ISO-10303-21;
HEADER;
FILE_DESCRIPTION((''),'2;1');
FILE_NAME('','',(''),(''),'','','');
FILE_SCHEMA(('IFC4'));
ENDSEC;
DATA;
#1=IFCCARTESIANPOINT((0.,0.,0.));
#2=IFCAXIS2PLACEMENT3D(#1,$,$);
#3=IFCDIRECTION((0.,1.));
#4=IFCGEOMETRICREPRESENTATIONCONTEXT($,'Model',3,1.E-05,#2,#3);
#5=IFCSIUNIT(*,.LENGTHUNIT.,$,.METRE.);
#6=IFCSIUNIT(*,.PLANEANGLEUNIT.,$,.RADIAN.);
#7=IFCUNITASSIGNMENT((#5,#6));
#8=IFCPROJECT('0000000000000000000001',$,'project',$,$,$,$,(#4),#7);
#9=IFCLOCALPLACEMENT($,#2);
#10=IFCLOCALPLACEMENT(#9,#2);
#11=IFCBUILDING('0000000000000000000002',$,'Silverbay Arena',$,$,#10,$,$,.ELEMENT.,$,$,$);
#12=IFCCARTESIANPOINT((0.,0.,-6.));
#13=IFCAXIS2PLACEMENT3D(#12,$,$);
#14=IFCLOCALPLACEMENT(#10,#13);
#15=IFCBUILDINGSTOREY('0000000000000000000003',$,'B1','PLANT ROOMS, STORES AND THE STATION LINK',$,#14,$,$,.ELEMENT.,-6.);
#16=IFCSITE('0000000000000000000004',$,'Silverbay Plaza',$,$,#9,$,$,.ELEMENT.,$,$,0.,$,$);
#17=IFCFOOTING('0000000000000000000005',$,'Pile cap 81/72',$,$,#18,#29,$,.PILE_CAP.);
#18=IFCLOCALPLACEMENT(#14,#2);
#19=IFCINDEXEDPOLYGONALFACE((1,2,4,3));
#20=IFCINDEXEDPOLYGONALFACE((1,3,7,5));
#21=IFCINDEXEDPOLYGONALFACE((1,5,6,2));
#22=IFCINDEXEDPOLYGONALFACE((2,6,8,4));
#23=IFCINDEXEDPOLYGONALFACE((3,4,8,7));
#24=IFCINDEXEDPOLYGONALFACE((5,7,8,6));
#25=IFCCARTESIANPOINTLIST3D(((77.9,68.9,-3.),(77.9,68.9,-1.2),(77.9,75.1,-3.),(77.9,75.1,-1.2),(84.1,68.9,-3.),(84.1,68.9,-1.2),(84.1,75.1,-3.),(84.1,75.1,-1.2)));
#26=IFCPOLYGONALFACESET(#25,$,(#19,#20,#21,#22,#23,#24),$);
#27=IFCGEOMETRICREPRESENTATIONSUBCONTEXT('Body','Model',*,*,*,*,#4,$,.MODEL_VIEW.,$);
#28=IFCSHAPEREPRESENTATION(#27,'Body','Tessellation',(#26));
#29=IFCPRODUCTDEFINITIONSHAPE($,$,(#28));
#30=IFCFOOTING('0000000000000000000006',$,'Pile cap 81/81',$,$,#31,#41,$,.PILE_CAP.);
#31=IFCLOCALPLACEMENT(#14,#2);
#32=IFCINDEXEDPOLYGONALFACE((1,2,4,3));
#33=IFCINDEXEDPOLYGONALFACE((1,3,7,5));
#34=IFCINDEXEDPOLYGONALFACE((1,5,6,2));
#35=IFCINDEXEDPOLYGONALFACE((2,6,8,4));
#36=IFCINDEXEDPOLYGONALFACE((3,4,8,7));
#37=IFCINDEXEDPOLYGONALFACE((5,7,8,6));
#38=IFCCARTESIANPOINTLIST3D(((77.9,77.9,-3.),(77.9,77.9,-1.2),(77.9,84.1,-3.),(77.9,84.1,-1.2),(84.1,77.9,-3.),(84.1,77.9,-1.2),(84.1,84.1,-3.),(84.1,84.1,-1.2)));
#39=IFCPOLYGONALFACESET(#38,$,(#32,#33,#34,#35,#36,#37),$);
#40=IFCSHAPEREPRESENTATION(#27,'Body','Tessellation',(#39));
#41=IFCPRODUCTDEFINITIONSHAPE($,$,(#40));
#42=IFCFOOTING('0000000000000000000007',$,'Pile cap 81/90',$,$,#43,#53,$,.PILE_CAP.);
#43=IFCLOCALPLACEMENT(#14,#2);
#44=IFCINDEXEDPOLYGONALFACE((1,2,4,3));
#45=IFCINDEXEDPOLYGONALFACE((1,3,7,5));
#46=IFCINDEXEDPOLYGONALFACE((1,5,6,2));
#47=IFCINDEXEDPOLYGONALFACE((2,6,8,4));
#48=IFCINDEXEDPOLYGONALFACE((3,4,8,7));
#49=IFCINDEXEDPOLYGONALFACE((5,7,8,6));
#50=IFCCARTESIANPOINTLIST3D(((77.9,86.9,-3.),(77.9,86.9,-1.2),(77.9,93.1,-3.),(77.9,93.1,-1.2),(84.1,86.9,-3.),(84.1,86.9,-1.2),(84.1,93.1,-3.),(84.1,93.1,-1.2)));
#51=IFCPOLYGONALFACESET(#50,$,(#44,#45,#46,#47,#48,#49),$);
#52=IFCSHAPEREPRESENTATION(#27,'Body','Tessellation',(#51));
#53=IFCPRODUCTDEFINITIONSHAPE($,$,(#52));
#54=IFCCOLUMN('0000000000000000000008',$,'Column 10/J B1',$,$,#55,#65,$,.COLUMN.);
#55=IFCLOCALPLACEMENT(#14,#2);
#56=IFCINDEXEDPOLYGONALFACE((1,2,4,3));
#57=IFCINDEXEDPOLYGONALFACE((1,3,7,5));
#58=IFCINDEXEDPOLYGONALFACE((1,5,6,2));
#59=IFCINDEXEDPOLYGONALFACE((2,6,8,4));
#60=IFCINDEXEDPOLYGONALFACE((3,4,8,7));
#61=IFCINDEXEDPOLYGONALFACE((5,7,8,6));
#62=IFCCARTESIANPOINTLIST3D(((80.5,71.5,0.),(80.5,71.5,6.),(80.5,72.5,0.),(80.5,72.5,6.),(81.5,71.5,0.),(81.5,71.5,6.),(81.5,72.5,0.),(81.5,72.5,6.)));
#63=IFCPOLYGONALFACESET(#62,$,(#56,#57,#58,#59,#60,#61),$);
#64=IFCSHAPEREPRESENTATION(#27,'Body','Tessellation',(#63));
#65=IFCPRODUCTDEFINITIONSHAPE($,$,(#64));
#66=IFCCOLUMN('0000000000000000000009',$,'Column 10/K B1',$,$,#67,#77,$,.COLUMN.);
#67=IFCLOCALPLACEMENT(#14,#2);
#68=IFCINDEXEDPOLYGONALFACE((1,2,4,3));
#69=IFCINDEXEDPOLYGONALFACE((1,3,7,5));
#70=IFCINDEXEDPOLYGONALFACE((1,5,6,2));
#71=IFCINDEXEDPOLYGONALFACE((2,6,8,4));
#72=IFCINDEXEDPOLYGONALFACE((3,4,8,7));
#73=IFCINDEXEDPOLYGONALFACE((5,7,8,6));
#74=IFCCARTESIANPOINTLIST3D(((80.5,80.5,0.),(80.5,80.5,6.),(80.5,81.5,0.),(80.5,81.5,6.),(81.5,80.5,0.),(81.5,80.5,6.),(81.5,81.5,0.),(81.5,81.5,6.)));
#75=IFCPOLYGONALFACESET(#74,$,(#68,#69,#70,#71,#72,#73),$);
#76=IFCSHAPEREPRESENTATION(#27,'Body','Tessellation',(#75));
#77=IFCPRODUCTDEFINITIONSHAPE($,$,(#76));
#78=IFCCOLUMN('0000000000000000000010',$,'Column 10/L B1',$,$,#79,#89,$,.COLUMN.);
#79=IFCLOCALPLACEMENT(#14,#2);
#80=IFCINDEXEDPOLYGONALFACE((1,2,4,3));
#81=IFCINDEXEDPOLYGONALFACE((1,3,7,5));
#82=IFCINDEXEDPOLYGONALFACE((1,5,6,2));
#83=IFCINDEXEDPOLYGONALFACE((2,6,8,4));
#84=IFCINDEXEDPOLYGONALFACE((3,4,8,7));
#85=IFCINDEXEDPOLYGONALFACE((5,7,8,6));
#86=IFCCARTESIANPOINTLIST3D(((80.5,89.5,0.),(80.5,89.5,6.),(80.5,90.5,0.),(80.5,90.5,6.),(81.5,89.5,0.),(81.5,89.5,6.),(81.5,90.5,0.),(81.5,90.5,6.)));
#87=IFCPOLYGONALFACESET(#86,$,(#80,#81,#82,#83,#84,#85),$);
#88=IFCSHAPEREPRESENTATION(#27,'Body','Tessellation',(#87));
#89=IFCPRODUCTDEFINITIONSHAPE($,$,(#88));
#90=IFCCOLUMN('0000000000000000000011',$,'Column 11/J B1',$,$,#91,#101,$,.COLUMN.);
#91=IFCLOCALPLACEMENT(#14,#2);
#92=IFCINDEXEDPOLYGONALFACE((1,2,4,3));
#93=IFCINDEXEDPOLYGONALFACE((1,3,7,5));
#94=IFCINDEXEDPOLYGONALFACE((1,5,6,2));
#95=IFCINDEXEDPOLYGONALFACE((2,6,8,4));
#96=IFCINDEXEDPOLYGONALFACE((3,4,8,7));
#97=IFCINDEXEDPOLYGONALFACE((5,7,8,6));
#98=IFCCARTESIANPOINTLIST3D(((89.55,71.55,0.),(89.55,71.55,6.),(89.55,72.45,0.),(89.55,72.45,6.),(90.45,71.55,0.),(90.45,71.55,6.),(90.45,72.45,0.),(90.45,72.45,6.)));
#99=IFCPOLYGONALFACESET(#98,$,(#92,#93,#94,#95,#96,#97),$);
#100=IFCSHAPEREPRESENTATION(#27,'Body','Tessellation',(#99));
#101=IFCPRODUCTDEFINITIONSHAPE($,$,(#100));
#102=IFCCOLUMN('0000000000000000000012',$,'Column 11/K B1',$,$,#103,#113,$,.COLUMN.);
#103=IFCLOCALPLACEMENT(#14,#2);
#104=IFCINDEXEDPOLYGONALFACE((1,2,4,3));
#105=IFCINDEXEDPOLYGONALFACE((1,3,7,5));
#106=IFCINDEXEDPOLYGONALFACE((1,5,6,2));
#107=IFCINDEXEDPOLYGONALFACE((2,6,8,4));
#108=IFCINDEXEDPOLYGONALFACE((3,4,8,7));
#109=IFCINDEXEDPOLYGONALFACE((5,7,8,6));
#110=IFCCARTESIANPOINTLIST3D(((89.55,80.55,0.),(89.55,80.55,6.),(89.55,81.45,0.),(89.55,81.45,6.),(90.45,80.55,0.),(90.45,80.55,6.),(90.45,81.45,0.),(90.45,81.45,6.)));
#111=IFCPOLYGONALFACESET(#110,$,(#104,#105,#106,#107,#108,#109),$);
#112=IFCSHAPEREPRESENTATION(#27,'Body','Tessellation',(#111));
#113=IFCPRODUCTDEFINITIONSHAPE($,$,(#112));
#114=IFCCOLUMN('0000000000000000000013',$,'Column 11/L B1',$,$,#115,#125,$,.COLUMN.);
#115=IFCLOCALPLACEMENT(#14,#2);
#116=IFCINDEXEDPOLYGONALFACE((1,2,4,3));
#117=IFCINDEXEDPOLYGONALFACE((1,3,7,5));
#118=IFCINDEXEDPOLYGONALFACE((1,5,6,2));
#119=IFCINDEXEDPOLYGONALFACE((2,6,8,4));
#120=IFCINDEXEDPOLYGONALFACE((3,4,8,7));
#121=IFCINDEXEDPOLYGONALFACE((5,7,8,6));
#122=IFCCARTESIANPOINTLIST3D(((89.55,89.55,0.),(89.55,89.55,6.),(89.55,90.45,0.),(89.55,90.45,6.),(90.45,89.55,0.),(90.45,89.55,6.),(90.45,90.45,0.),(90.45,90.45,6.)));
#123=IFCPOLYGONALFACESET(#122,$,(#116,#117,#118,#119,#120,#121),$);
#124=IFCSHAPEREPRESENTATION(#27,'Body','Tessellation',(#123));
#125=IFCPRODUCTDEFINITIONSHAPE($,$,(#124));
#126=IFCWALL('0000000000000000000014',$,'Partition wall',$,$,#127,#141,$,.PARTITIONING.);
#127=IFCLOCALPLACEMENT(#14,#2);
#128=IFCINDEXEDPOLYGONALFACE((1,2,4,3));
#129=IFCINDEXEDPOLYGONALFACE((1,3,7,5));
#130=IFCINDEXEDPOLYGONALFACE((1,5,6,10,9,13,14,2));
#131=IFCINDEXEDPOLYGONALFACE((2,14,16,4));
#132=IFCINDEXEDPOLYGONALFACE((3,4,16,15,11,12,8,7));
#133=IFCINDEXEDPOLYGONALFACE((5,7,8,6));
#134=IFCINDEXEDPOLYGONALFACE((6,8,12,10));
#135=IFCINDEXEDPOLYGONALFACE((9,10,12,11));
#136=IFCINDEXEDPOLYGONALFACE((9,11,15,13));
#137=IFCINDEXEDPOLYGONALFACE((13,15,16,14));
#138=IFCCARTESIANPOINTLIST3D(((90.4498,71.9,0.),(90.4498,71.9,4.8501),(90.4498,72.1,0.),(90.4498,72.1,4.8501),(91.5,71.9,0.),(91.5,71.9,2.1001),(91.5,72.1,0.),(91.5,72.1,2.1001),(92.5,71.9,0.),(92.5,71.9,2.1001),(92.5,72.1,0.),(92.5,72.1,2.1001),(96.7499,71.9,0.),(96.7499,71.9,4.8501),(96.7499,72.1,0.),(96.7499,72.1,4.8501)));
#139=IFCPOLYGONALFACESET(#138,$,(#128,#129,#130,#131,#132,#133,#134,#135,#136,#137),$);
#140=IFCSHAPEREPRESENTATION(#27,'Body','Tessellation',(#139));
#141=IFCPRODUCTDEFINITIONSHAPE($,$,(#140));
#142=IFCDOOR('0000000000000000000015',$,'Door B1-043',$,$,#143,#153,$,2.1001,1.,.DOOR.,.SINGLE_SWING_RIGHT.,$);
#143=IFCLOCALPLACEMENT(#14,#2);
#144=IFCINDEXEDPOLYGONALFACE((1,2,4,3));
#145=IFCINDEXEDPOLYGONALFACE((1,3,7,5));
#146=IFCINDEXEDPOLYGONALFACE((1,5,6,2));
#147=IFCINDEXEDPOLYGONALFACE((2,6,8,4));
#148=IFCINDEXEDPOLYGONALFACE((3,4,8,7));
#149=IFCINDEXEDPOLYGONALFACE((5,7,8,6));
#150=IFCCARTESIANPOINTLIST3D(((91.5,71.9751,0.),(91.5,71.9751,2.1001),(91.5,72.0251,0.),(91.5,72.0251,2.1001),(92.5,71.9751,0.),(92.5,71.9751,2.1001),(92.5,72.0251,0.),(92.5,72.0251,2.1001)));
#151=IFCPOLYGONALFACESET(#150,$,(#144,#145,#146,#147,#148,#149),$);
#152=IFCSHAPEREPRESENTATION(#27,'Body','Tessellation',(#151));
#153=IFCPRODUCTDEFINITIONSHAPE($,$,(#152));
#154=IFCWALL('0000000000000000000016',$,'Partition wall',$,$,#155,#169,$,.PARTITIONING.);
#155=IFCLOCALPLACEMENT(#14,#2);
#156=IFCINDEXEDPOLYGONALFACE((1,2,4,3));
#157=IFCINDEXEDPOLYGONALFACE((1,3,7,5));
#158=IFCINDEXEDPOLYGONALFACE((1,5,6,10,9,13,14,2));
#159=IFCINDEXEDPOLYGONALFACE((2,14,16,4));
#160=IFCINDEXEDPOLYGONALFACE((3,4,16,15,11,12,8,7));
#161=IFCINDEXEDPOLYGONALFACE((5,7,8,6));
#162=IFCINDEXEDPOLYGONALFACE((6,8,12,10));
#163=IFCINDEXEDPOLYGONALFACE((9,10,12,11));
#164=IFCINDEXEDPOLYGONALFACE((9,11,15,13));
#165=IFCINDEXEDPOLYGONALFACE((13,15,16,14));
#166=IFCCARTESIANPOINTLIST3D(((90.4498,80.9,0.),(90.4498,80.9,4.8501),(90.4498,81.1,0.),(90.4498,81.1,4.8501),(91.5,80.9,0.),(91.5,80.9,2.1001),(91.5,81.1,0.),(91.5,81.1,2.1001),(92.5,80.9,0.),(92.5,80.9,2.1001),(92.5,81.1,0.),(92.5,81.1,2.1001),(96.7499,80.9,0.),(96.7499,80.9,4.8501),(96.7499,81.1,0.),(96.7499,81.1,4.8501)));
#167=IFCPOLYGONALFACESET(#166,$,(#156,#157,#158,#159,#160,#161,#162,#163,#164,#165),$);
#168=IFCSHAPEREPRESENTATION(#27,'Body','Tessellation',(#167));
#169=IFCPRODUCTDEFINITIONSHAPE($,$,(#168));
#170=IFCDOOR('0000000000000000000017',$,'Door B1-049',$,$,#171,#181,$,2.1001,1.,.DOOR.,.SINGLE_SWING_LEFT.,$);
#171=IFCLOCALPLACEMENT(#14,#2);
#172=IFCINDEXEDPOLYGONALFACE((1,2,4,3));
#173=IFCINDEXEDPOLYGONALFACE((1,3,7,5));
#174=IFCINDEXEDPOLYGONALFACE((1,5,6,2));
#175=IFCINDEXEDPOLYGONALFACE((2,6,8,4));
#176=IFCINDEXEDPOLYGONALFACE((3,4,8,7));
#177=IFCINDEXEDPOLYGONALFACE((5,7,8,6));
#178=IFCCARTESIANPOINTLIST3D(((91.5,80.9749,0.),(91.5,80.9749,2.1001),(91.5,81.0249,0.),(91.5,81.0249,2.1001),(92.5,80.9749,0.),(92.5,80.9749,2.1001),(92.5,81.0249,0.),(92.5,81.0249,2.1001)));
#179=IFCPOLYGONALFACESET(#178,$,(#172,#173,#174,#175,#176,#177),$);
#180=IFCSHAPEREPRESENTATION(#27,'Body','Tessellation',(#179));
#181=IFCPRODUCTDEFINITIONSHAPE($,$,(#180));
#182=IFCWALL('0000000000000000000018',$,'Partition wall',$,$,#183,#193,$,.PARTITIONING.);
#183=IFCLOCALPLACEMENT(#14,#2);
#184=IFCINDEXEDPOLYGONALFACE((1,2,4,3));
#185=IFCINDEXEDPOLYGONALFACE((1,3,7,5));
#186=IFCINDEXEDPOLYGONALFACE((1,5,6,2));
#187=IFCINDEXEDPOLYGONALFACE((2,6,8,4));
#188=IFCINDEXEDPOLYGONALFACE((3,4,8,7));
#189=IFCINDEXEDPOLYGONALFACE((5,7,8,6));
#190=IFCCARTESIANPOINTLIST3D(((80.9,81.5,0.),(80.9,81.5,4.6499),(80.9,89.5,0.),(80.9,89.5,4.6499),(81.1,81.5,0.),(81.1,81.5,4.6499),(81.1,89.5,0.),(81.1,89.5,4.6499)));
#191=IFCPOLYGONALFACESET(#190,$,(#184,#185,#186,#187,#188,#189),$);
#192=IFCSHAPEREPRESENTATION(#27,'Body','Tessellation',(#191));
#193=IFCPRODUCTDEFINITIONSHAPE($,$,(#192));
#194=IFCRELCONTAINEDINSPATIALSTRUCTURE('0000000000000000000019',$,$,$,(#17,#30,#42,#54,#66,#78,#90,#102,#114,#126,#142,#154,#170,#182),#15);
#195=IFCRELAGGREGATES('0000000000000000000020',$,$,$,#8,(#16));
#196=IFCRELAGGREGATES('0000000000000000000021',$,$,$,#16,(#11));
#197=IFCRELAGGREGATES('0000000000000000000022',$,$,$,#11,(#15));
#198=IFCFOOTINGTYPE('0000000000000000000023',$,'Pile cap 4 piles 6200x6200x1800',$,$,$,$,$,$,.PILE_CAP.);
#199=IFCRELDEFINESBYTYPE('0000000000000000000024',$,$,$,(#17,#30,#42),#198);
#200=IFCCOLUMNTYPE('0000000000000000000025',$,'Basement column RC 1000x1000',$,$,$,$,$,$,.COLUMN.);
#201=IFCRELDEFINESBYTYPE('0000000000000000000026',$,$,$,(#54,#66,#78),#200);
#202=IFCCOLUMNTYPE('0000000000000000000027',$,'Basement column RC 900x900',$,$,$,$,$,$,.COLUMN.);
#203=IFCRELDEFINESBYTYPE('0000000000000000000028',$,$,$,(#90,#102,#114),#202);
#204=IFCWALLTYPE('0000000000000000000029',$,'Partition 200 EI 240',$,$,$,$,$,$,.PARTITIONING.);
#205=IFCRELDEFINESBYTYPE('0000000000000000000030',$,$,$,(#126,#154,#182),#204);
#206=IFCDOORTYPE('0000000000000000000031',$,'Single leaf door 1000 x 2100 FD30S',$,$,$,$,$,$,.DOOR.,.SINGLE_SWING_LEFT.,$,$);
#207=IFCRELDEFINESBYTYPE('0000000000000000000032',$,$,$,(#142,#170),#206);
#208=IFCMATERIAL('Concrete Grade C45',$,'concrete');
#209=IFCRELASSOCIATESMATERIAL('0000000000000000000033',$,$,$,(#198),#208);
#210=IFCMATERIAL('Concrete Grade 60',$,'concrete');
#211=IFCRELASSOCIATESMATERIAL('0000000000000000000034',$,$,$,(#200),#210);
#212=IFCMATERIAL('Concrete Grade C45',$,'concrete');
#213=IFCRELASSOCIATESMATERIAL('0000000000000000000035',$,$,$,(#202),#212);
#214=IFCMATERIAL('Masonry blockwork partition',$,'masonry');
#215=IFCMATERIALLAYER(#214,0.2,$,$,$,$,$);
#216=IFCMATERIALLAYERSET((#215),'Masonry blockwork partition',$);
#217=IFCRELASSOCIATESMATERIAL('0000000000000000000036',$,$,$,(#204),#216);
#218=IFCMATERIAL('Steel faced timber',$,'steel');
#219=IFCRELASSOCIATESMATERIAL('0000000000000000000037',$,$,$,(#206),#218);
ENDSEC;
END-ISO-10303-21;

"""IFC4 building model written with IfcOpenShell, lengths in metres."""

from ifc_helpers import new_model, si_unit, direction, frame, frame_2d, origin, origin_2d, place, context, subcontext, project, spatial, rectangle, extrude, material, layer, layer_set, material_profile, profile_set, type_object, element, fill, save


model = new_model("IFC4")

# Units and contexts
model_context = context("Model", 3, precision=1e-05, world=origin(), true_north=direction((0.0, 1.0)))
body_context = subcontext(model_context, "Body", "Model", "MODEL_VIEW")
ifc_project = project(units=[si_unit("LENGTHUNIT", "METRE"), si_unit("PLANEANGLEUNIT", "RADIAN")], contexts=[model_context])

# Site, building, storey
site_placement = place(None, origin())
site = spatial("IfcSite", under=ifc_project, at=site_placement, Name="Silverbay Plaza", CompositionType="ELEMENT", RefElevation=0.0)
building_placement = place(site_placement, origin())
building = spatial("IfcBuilding", under=site, at=building_placement, Name="Silverbay Arena", CompositionType="ELEMENT")
storey_placement = place(building_placement, frame((0.0, 0.0, -6.0)))
storey = spatial("IfcBuildingStorey", under=building, at=storey_placement, Name="B1", Description="PLANT ROOMS, STORES AND THE STATION LINK", CompositionType="ELEMENT", Elevation=-6.0)

# Footings
ifc_material_1 = material(Name="Concrete Grade C45", Category="concrete")
footing_type_1 = type_object("IfcFootingType", Name="Pile cap 4 piles 6200x6200x1800", PredefinedType="PILE_CAP", material=ifc_material_1)
for number, where, z_axis, x_axis, name in (
    (1, (81.0, 72.0, -3.0), (0.0, 0.0, 1.0), (1.0, 0.0, 0.0), "Pile cap 81/72"),
    (2, (81.0, 81.0, -3.0), (0.0, 0.0, 1.0), (1.0, 0.0, 0.0), "Pile cap 81/81"),
    (3, (81.0, 90.0, -3.0), (0.0, 0.0, 1.0), (1.0, 0.0, 0.0), "Pile cap 81/90"),
):
    element("IfcFooting", number, at=place(storey_placement, frame(where, z_axis=z_axis, x_axis=x_axis)), inside=storey, type_object=footing_type_1, Name=name, PredefinedType="PILE_CAP", context=body_context, shape_type="SweptSolid", body=[
        extrude(rectangle(XDim=6.2, YDim=6.2, at=origin_2d()), origin(), (0.0, 0.0, 1.0), 1.8),
    ])

# Columns
ifc_material_2 = material(Name="Concrete Grade 60", Category="concrete")
ifc_material_profile_1 = material_profile(ifc_material_2, rectangle(XDim=1.0, YDim=1.0, at=origin_2d()), Name="RC 1000x1000")
ifc_profile_set_1 = profile_set([ifc_material_profile_1], Name="Concrete Grade 60")
column_type_1 = type_object("IfcColumnType", Name="Basement column RC 1000x1000", PredefinedType="COLUMN", material=ifc_profile_set_1)
for number, where, z_axis, x_axis, name in (
    (4, (81.0, 72.0, 0.0), (0.0, 0.0, 1.0), (1.0, 0.0, 0.0), "Column 10/J B1"),
    (5, (81.0, 81.0, 0.0), (0.0, 0.0, 1.0), (1.0, 0.0, 0.0), "Column 10/K B1"),
    (6, (81.0, 90.0, 0.0), (0.0, 0.0, 1.0), (1.0, 0.0, 0.0), "Column 10/L B1"),
):
    element("IfcColumn", number, at=place(storey_placement, frame(where, z_axis=z_axis, x_axis=x_axis)), inside=storey, type_object=column_type_1, Name=name, PredefinedType="COLUMN", context=body_context, shape_type="SweptSolid", body=[
        extrude(rectangle(XDim=1.0, YDim=1.0, at=origin_2d()), origin(), (0.0, 0.0, 1.0), 6.0),
    ])
ifc_material_3 = material(Name="Concrete Grade C45", Category="concrete")
ifc_material_profile_2 = material_profile(ifc_material_3, rectangle(XDim=0.8999, YDim=0.8999, at=origin_2d()), Name="RC 900x900")
ifc_profile_set_2 = profile_set([ifc_material_profile_2], Name="Concrete Grade C45")
column_type_2 = type_object("IfcColumnType", Name="Basement column RC 900x900", PredefinedType="COLUMN", material=ifc_profile_set_2)
for number, where, z_axis, x_axis, name in (
    (7, (90.0, 72.0, 0.0), (0.0, 0.0, 1.0), (1.0, 0.0, 0.0), "Column 11/J B1"),
    (8, (90.0, 81.0, 0.0), (0.0, 0.0, 1.0), (1.0, 0.0, 0.0), "Column 11/K B1"),
    (9, (90.0, 90.0, 0.0), (0.0, 0.0, 1.0), (1.0, 0.0, 0.0), "Column 11/L B1"),
):
    element("IfcColumn", number, at=place(storey_placement, frame(where, z_axis=z_axis, x_axis=x_axis)), inside=storey, type_object=column_type_2, Name=name, PredefinedType="COLUMN", context=body_context, shape_type="SweptSolid", body=[
        extrude(rectangle(XDim=0.8999, YDim=0.8999, at=origin_2d()), origin(), (0.0, 0.0, 1.0), 6.0),
    ])

# Walls, openings, doors
ifc_material_4 = material(Name="Masonry blockwork partition", Category="masonry")
ifc_layer = layer(ifc_material_4, 0.2)
ifc_layer_set = layer_set([ifc_layer], Name="Masonry blockwork partition")
wall_type = type_object("IfcWallType", Name="Partition 200 EI 240", PredefinedType="PARTITIONING", material=ifc_layer_set)
wall_1_placement = place(storey_placement, frame((90.45, 72.0, 0.0), z_axis=(0.0, 0.0, 1.0), x_axis=(1.0, 0.0, 0.0)))
wall_1 = element("IfcWall", 10, at=wall_1_placement, inside=storey, type_object=wall_type, Name="Partition wall", PredefinedType="PARTITIONING", context=body_context, shape_type="SweptSolid", body=[
    extrude(rectangle(XDim=6.3, YDim=0.2, at=frame_2d((3.1499, 0.0))), origin(), (0.0, 0.0, 1.0), 4.8501),
])
opening_1_placement = place(wall_1_placement, frame((1.05, 0.0, 0.0)))
opening_1 = element("IfcOpeningElement", 11, at=opening_1_placement, cuts=wall_1, PredefinedType="OPENING", context=body_context, shape_type="SweptSolid", body=[
    extrude(rectangle(XDim=1.0, YDim=2.1001, at=frame_2d((0.5, 1.05))), frame((0.0, 0.1099, 0.0), z_axis=(0.0, -1.0, 0.0), x_axis=(1.0, 0.0, 0.0)), (0.0, 0.0, 1.0), 0.22),
])
ifc_material_5 = material(Name="Steel faced timber", Category="steel")
door_type = type_object("IfcDoorType", Name="Single leaf door 1000 x 2100 FD30S", OperationType="SINGLE_SWING_LEFT", PredefinedType="DOOR", material=ifc_material_5)
door_1_placement = place(opening_1_placement, frame((1.0, 0.0, 0.0), z_axis=(0.0, 0.0, 1.0), x_axis=(-1.0, 0.0, 0.0)))
door_1 = element("IfcDoor", 12, at=door_1_placement, inside=storey, type_object=door_type, Name="Door B1-043", OperationType="SINGLE_SWING_RIGHT", OverallHeight=2.1001, OverallWidth=1.0, PredefinedType="DOOR", context=body_context, shape_type="SweptSolid", body=[
    extrude(rectangle(XDim=1.0, YDim=2.1001, at=frame_2d((0.5, 1.05))), frame((0.0, 0.0249, 0.0), z_axis=(0.0, -1.0, 0.0), x_axis=(1.0, 0.0, 0.0)), (0.0, 0.0, 1.0), 0.05),
])
fill(opening_1, door_1)
wall_2_placement = place(storey_placement, frame((90.45, 81.0, 0.0), z_axis=(0.0, 0.0, 1.0), x_axis=(1.0, 0.0, 0.0)))
wall_2 = element("IfcWall", 13, at=wall_2_placement, inside=storey, type_object=wall_type, Name="Partition wall", PredefinedType="PARTITIONING", context=body_context, shape_type="SweptSolid", body=[
    extrude(rectangle(XDim=6.3, YDim=0.2, at=frame_2d((3.1499, 0.0))), origin(), (0.0, 0.0, 1.0), 4.8501),
])
opening_2_placement = place(wall_2_placement, frame((1.05, 0.0, 0.0)))
opening_2 = element("IfcOpeningElement", 14, at=opening_2_placement, cuts=wall_2, PredefinedType="OPENING", context=body_context, shape_type="SweptSolid", body=[
    extrude(rectangle(XDim=1.0, YDim=2.1001, at=frame_2d((0.5, 1.05))), frame((0.0, 0.1099, 0.0), z_axis=(0.0, -1.0, 0.0), x_axis=(1.0, 0.0, 0.0)), (0.0, 0.0, 1.0), 0.22),
])
door_2_placement = place(opening_2_placement, origin())
door_2 = element("IfcDoor", 15, at=door_2_placement, inside=storey, type_object=door_type, Name="Door B1-049", OperationType="SINGLE_SWING_LEFT", OverallHeight=2.1001, OverallWidth=1.0, PredefinedType="DOOR", context=body_context, shape_type="SweptSolid", body=[
    extrude(rectangle(XDim=1.0, YDim=2.1001, at=frame_2d((0.5, 1.05))), frame((0.0, 0.0249, 0.0), z_axis=(0.0, -1.0, 0.0), x_axis=(1.0, 0.0, 0.0)), (0.0, 0.0, 1.0), 0.05),
])
fill(opening_2, door_2)

# Wall
wall_3_placement = place(storey_placement, frame((81.0, 81.5, 0.0), z_axis=(0.0, 0.0, 1.0), x_axis=(0.0, 1.0, 0.0)))
element("IfcWall", 16, at=wall_3_placement, inside=storey, type_object=wall_type, Name="Partition wall", PredefinedType="PARTITIONING", context=body_context, shape_type="SweptSolid", body=[
    extrude(rectangle(XDim=8.0, YDim=0.2, at=frame_2d((4.0, 0.0))), origin(), (0.0, 0.0, 1.0), 4.6499),
])

save(model, "model.ifc")
